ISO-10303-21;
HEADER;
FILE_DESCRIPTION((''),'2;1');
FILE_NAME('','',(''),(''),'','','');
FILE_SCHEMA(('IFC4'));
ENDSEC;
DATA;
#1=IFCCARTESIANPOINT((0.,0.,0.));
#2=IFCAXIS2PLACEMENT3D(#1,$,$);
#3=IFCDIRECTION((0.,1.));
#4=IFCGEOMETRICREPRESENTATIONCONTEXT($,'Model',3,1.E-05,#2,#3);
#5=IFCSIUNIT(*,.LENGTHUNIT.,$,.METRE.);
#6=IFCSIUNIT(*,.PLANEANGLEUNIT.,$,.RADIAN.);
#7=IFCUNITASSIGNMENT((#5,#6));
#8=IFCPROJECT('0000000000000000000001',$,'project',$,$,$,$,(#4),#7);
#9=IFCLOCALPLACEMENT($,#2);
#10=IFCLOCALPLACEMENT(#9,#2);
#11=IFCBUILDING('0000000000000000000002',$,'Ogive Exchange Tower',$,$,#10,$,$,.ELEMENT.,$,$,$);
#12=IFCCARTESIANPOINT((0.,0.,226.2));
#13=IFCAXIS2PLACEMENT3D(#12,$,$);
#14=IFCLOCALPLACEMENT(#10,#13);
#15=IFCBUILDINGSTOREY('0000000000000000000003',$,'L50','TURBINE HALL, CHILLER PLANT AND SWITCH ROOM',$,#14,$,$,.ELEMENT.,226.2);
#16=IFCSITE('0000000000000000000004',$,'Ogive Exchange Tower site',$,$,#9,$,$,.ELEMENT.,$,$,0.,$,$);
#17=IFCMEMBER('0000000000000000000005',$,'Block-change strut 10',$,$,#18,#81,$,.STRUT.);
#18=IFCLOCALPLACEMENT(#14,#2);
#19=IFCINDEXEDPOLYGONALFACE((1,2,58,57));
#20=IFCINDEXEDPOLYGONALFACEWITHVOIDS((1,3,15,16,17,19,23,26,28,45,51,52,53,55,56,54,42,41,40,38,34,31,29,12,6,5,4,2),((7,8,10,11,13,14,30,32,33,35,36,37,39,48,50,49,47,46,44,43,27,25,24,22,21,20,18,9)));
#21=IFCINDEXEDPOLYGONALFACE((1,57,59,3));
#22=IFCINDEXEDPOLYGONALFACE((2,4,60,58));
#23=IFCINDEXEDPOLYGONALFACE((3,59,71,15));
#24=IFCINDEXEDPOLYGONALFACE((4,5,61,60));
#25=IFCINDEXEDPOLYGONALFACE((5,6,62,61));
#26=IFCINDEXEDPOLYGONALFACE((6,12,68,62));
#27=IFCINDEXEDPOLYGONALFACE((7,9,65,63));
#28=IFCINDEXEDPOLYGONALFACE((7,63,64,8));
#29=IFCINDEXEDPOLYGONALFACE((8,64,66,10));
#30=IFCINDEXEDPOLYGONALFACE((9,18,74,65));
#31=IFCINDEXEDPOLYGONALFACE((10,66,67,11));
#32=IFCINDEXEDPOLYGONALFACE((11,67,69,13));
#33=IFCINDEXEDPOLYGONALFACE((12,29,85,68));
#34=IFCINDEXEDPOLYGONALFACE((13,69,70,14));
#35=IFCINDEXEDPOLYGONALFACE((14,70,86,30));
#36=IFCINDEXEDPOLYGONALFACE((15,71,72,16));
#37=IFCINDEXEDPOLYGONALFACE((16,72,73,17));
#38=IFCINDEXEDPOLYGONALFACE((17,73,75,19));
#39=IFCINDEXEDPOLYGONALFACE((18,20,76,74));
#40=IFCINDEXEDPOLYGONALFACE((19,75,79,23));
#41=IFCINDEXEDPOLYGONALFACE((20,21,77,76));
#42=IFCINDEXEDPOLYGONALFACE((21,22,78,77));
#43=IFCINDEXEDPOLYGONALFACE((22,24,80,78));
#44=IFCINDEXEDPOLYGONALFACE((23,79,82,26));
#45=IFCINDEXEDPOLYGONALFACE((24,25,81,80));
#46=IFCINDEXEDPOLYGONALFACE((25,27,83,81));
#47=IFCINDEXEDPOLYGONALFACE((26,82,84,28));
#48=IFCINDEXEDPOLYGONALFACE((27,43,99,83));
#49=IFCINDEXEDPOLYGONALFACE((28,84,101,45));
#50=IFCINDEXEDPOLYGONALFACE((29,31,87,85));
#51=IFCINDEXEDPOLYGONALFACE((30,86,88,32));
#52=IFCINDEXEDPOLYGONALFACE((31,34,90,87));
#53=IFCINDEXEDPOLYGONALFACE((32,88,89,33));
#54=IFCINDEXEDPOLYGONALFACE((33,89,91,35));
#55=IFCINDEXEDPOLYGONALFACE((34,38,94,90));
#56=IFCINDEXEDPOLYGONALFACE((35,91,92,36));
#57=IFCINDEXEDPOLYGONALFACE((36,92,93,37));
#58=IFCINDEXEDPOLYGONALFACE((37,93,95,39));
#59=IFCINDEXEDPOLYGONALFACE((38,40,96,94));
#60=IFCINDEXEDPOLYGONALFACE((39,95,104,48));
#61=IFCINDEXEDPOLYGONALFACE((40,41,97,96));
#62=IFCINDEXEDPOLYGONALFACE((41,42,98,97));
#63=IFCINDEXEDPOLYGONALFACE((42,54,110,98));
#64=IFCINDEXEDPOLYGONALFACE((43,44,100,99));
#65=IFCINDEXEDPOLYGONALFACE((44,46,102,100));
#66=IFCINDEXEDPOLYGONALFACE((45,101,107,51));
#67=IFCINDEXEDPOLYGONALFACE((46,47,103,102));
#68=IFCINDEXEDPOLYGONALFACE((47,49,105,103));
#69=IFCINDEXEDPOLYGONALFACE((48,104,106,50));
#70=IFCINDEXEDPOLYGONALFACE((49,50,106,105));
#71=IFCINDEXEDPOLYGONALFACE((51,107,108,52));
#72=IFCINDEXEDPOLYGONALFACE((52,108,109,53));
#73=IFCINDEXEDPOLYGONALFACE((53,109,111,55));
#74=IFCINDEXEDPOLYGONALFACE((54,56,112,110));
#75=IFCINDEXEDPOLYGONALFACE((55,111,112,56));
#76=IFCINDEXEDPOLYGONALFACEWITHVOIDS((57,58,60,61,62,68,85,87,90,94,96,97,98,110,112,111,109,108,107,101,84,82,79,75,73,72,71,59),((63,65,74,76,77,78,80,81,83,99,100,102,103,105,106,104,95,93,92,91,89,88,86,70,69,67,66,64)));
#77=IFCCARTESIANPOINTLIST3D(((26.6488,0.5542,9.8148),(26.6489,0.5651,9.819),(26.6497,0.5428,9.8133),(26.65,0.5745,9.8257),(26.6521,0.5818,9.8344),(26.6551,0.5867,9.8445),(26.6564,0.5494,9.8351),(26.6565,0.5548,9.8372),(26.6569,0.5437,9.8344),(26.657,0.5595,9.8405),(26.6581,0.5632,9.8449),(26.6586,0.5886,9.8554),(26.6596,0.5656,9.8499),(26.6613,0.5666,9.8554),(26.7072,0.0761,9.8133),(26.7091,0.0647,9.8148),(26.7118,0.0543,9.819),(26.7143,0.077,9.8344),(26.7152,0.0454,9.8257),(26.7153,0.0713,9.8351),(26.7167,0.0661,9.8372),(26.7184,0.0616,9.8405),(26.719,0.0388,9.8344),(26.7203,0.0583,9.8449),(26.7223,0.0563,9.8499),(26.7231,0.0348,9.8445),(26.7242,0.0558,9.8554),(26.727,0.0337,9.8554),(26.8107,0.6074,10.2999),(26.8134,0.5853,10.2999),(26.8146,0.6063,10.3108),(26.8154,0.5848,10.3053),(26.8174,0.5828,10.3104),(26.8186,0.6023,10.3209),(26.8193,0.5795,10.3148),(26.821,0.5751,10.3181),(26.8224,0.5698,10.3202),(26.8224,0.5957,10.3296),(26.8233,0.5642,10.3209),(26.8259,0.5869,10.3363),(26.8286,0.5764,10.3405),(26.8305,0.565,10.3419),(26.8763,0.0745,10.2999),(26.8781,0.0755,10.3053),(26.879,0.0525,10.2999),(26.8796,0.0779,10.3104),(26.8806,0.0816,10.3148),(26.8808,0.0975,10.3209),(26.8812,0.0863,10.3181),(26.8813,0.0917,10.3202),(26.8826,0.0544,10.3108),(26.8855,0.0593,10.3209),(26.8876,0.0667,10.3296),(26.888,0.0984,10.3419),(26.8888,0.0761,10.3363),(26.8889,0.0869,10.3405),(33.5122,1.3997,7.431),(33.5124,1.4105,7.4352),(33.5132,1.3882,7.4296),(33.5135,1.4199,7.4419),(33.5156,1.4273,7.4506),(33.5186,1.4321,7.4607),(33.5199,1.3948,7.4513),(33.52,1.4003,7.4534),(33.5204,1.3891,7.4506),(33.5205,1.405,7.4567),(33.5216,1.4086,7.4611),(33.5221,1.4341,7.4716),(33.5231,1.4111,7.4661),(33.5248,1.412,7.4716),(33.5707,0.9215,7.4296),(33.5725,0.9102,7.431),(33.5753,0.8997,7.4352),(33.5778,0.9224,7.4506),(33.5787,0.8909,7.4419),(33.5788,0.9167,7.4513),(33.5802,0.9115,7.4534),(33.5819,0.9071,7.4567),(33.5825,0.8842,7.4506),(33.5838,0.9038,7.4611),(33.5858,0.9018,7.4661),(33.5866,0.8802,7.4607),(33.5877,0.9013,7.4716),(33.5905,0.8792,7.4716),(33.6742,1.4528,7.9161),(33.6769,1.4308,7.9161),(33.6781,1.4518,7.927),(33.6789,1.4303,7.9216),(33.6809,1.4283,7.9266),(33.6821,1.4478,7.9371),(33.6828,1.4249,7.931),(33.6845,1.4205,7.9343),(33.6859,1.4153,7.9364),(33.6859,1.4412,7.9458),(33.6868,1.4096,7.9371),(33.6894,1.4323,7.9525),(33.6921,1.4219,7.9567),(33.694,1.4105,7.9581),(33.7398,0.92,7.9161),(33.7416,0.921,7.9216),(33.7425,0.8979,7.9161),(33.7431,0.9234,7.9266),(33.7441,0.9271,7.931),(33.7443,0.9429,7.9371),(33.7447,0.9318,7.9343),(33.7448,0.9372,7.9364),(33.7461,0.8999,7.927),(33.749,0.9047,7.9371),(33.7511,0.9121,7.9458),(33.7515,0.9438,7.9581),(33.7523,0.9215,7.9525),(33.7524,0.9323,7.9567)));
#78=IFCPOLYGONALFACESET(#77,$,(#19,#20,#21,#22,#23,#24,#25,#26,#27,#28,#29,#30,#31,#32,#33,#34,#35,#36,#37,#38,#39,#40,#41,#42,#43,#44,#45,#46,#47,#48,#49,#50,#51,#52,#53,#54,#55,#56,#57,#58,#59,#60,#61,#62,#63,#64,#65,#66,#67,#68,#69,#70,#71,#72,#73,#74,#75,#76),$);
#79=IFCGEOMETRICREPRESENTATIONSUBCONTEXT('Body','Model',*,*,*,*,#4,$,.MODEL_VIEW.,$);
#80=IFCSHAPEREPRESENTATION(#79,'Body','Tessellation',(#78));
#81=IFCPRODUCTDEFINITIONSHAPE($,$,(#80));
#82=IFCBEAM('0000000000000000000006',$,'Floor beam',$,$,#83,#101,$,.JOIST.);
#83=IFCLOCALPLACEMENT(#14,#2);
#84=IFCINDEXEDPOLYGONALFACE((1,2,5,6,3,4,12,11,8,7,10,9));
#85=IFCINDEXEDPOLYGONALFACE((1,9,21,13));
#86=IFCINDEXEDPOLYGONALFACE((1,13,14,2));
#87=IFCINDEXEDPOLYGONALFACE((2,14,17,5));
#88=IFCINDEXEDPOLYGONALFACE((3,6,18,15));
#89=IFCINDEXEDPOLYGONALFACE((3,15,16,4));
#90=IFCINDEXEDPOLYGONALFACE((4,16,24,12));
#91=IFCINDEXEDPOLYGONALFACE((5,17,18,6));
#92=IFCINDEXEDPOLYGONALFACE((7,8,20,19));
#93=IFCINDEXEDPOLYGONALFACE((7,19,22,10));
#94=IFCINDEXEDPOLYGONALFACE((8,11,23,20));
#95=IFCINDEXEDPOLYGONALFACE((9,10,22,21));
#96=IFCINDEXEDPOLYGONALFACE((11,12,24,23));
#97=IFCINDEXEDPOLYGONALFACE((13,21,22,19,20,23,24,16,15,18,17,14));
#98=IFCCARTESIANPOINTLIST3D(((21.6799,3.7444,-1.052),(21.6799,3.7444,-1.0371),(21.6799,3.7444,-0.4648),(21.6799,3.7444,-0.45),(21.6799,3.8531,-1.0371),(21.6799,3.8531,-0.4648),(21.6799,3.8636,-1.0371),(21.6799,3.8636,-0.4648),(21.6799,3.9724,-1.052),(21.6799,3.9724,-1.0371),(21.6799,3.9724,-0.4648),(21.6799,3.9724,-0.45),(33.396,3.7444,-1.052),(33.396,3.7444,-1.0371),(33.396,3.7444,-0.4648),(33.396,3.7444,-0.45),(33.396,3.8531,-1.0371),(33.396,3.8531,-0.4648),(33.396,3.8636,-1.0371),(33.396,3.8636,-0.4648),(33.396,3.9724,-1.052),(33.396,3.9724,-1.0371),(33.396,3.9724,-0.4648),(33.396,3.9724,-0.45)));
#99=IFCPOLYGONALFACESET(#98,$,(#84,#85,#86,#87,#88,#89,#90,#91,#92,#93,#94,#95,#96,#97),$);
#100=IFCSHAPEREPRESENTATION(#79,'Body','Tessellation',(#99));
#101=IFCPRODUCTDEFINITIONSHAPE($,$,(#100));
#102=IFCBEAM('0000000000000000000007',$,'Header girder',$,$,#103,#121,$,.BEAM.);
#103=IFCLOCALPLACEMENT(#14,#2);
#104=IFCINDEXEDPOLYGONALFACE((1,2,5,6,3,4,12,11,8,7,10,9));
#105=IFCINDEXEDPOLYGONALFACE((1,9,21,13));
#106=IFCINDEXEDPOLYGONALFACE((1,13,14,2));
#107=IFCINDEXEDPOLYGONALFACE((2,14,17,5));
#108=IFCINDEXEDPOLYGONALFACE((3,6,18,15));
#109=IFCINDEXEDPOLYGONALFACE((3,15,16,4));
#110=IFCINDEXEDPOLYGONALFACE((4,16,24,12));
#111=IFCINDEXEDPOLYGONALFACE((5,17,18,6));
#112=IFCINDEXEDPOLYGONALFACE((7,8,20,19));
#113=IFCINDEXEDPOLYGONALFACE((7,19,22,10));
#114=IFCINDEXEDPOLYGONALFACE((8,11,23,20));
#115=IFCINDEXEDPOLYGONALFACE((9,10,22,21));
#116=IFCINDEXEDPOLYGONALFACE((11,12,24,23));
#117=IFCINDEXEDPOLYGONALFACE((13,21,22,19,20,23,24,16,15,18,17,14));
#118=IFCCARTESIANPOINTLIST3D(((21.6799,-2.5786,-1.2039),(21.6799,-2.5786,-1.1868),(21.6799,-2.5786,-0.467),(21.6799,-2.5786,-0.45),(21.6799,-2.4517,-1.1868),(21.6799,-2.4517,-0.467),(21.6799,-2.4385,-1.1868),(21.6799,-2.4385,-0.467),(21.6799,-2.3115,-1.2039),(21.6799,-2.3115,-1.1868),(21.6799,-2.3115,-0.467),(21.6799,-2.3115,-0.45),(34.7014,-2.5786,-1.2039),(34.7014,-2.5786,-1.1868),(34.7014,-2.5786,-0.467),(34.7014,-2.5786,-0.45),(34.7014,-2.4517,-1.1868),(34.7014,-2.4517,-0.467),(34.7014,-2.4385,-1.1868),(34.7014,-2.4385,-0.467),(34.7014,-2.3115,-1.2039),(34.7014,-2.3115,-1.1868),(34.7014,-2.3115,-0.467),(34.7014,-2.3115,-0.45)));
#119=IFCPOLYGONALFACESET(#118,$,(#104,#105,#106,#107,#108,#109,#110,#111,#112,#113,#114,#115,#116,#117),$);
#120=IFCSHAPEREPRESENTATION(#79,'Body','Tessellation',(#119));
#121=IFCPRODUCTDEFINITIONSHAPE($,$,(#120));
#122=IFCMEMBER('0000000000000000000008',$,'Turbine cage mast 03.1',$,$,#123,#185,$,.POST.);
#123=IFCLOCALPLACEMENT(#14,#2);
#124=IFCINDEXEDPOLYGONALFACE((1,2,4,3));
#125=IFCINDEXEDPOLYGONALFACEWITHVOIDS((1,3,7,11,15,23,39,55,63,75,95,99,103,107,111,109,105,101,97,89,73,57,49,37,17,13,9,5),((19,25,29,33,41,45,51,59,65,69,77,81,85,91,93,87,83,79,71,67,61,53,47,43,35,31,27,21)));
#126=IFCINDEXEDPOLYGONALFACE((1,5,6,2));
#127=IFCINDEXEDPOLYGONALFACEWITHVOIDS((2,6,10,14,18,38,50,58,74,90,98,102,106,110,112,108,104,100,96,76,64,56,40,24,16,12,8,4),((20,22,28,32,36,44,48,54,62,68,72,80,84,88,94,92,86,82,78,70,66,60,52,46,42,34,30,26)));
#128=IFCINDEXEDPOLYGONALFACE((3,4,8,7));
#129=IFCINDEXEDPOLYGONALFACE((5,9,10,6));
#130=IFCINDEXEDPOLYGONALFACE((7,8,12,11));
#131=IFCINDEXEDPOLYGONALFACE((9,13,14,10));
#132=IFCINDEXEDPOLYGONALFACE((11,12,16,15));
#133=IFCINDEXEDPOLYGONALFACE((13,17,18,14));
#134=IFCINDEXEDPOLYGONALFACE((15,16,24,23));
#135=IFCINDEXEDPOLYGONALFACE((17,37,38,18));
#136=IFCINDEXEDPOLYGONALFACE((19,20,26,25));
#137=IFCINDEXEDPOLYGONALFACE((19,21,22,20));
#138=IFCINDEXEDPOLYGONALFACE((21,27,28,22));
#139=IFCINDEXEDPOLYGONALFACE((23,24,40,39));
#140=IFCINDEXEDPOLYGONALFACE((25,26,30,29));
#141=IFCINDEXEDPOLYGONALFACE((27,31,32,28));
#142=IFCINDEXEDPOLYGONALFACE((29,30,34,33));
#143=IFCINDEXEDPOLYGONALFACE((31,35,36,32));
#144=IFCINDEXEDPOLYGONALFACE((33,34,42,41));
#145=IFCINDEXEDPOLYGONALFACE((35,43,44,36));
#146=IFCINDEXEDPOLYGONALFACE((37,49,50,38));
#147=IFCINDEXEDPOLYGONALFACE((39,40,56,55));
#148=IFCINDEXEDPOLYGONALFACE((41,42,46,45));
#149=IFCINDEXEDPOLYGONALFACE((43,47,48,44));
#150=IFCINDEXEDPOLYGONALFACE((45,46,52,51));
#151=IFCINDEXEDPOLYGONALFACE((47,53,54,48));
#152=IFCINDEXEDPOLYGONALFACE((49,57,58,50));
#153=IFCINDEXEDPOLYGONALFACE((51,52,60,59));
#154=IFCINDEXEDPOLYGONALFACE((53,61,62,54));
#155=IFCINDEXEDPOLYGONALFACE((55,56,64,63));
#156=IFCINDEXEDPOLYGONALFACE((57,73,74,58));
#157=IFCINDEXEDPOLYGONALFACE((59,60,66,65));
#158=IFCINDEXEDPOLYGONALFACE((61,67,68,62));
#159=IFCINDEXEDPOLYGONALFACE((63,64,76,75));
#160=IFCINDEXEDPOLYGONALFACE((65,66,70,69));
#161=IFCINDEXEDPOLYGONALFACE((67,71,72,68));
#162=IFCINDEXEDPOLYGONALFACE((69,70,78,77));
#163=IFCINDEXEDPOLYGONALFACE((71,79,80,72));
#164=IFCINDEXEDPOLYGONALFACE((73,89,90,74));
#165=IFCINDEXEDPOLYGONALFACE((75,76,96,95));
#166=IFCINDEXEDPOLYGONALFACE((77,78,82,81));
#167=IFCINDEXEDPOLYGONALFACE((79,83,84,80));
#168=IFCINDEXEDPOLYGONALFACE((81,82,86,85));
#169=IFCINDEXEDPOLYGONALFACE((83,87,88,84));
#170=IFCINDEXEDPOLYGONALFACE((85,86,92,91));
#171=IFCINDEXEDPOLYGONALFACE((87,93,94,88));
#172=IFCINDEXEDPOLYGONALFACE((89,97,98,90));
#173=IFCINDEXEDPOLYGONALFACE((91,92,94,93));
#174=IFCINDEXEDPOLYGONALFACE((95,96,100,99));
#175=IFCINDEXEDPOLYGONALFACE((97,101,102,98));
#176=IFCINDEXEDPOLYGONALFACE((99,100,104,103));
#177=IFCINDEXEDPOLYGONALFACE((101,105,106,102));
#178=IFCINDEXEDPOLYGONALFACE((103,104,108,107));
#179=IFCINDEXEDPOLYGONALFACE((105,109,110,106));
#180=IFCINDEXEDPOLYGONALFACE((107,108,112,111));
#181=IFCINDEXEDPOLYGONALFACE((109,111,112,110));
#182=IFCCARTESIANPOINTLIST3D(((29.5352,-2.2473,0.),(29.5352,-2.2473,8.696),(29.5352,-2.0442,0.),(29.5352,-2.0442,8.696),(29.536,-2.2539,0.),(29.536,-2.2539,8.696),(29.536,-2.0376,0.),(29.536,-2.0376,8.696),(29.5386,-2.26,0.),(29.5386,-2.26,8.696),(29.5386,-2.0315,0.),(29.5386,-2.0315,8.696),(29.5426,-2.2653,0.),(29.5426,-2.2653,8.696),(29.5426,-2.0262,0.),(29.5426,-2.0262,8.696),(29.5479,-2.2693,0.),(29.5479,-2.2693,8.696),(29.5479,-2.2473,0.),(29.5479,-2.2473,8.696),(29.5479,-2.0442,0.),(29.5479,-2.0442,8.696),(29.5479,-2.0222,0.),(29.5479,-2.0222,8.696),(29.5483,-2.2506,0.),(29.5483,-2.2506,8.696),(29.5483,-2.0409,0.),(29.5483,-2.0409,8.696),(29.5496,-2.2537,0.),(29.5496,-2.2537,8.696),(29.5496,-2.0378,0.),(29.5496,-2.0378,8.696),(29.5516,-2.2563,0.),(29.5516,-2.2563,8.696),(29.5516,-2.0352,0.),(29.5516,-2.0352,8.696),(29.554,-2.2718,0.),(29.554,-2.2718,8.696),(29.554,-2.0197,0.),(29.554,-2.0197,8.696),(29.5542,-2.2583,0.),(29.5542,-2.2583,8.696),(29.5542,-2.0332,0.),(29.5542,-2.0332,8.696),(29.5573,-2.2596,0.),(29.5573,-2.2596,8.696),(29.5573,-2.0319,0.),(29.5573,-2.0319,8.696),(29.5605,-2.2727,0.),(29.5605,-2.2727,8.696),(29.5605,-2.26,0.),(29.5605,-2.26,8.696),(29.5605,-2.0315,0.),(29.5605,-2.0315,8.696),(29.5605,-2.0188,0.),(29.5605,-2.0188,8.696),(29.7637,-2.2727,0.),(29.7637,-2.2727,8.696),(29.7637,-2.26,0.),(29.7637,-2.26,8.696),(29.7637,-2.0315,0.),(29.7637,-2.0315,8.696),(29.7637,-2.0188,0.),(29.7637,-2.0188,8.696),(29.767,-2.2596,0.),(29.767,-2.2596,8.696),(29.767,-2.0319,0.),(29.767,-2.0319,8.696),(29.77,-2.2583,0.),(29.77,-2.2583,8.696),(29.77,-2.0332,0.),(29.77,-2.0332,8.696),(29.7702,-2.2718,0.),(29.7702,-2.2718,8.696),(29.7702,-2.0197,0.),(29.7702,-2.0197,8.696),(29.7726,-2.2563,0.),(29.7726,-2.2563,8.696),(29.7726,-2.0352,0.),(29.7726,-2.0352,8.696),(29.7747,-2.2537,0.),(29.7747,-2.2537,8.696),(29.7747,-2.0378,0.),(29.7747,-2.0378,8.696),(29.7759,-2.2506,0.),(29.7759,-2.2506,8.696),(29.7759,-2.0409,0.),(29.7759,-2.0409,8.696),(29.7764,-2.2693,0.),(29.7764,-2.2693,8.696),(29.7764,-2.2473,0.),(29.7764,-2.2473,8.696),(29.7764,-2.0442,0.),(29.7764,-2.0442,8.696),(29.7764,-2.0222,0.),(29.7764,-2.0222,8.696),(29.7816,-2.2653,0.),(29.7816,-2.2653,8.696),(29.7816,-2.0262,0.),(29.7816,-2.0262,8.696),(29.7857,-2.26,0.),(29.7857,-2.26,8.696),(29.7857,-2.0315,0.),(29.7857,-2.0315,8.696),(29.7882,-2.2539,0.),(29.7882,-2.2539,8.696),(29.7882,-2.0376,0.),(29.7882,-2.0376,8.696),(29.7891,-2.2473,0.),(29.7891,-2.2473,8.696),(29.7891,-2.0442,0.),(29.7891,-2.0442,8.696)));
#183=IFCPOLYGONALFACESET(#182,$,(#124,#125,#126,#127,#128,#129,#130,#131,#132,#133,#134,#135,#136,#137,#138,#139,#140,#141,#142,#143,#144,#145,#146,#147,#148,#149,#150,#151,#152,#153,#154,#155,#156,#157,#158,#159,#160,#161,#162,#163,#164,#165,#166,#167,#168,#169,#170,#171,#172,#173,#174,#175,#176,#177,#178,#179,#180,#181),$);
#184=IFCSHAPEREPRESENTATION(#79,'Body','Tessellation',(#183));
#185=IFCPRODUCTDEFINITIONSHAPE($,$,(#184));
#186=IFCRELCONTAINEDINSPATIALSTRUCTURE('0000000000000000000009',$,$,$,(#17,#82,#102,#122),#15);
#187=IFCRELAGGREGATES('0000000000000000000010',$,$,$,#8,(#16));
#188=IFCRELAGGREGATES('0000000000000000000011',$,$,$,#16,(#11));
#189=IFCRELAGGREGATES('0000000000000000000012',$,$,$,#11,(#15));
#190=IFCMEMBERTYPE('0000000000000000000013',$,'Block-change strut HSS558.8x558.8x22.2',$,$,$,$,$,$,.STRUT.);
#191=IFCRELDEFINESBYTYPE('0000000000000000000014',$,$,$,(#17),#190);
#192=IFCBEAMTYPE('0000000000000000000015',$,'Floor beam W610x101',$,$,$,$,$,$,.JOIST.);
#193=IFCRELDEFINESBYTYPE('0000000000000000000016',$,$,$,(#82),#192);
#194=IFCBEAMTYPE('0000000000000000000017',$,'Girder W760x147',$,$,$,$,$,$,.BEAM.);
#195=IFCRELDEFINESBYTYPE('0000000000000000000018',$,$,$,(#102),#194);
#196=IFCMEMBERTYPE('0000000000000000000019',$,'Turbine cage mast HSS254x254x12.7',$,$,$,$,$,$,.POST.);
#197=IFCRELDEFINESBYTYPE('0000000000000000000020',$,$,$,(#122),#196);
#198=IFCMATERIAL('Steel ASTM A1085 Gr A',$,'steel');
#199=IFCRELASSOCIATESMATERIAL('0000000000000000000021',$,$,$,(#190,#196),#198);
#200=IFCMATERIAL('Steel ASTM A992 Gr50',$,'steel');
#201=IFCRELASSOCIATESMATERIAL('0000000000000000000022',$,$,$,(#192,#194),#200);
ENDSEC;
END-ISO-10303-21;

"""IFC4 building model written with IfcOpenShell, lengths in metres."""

from ifc_helpers import new_model, si_unit, direction, frame, origin, origin_2d, place, context, subcontext, project, spatial, hollow_rectangle, i_section, extrude, material, material_profile, profile_set, type_object, element, save


model = new_model("IFC4")

# Units and contexts
model_context = context("Model", 3, precision=1e-05, world=origin(), true_north=direction((0.0, 1.0)))
body_context = subcontext(model_context, "Body", "Model", "MODEL_VIEW")
ifc_project = project(units=[si_unit("LENGTHUNIT", "METRE"), si_unit("PLANEANGLEUNIT", "RADIAN")], contexts=[model_context])

# Site, building, storey
site_placement = place(None, origin())
site = spatial("IfcSite", under=ifc_project, at=site_placement, Name="Ogive Exchange Tower site", CompositionType="ELEMENT", RefElevation=0.0)
building_placement = place(site_placement, origin())
building = spatial("IfcBuilding", under=site, at=building_placement, Name="Ogive Exchange Tower", CompositionType="ELEMENT")
storey_placement = place(building_placement, frame((0.0, 0.0, 226.2)))
storey = spatial("IfcBuildingStorey", under=building, at=storey_placement, Name="L50", Description="TURBINE HALL, CHILLER PLANT AND SWITCH ROOM", CompositionType="ELEMENT", Elevation=226.2)

# Shared definitions
ifc_material_1 = material(Name="Steel ASTM A992 Gr50", Category="steel")

# Shared definitions
ifc_material_2 = material(Name="Steel ASTM A1085 Gr A", Category="steel")

# Member
ifc_material_profile_1 = material_profile(ifc_material_2, hollow_rectangle(XDim=0.5591, YDim=0.5591, WallThickness=0.0222, InnerFilletRadius=0.0222, OuterFilletRadius=0.0444, at=origin_2d()), Name="HSS558.8x558.8x22.2")
ifc_profile_set_1 = profile_set([ifc_material_profile_1], Name="Steel ASTM A1085 Gr A")
member_type_1 = type_object("IfcMemberType", Name="Block-change strut HSS558.8x558.8x22.2", PredefinedType="STRUT", material=ifc_profile_set_1)
member_1_placement = place(storey_placement, frame((33.6323, 1.166, 7.6938), z_axis=(-0.938316, -0.115583, 0.325889), x_axis=(0.122257, -0.992498, 0.0)))
element("IfcMember", 1, at=member_1_placement, inside=storey, type_object=member_type_1, Name="Block-change strut 10", PredefinedType="STRUT", context=body_context, shape_type="SweptSolid", body=[
    extrude(hollow_rectangle(XDim=0.5591, YDim=0.5591, WallThickness=0.0222, InnerFilletRadius=0.0222, OuterFilletRadius=0.0444, at=origin_2d()), origin(), (0.0, 0.0, 1.0), 7.3147),
])

# Beams
ifc_material_profile_2 = material_profile(ifc_material_1, i_section(OverallWidth=0.228, OverallDepth=0.6021, WebThickness=0.0105, FlangeThickness=0.0149, at=origin_2d()), Name="W610x101")
ifc_profile_set_2 = profile_set([ifc_material_profile_2], Name="Steel ASTM A992 Gr50")
beam_type_1 = type_object("IfcBeamType", Name="Floor beam W610x101", PredefinedType="JOIST", material=ifc_profile_set_2)
beam_1_placement = place(storey_placement, frame((21.6799, 3.8584, -0.751), z_axis=(1.0, 0.0, 0.0), x_axis=(0.0, 1.0, 0.0)))
element("IfcBeam", 2, at=beam_1_placement, inside=storey, type_object=beam_type_1, Name="Floor beam", PredefinedType="JOIST", context=body_context, shape_type="SweptSolid", body=[
    extrude(i_section(OverallWidth=0.228, OverallDepth=0.6021, WebThickness=0.0105, FlangeThickness=0.0149, at=origin_2d()), origin(), (0.0, 0.0, 1.0), 11.7161),
])
ifc_material_profile_3 = material_profile(ifc_material_1, i_section(OverallWidth=0.2671, OverallDepth=0.7539, WebThickness=0.0132, FlangeThickness=0.0171, at=origin_2d()), Name="W760x147")
ifc_profile_set_3 = profile_set([ifc_material_profile_3], Name="Steel ASTM A992 Gr50")
beam_type_2 = type_object("IfcBeamType", Name="Girder W760x147", PredefinedType="BEAM", material=ifc_profile_set_3)
beam_2_placement = place(storey_placement, frame((21.6799, -2.4451, -0.8269), z_axis=(1.0, 0.0, 0.0), x_axis=(0.0, 1.0, 0.0)))
element("IfcBeam", 3, at=beam_2_placement, inside=storey, type_object=beam_type_2, Name="Header girder", PredefinedType="BEAM", context=body_context, shape_type="SweptSolid", body=[
    extrude(i_section(OverallWidth=0.2671, OverallDepth=0.7539, WebThickness=0.0132, FlangeThickness=0.0171, at=origin_2d()), origin(), (0.0, 0.0, 1.0), 13.0215),
])

# Member
ifc_material_profile_4 = material_profile(ifc_material_2, hollow_rectangle(XDim=0.2539, YDim=0.2539, WallThickness=0.0127, InnerFilletRadius=0.0127, OuterFilletRadius=0.0254, at=origin_2d()), Name="HSS254x254x12.7")
ifc_profile_set_4 = profile_set([ifc_material_profile_4], Name="Steel ASTM A1085 Gr A")
member_type_2 = type_object("IfcMemberType", Name="Turbine cage mast HSS254x254x12.7", PredefinedType="POST", material=ifc_profile_set_4)
for number, where, z_axis, x_axis, name in (
    (4, (29.6621, -2.1458, 0.0), (0.0, 0.0, 1.0), (1.0, 0.0, 0.0), "Turbine cage mast 03.1"),
):
    element("IfcMember", number, at=place(storey_placement, frame(where, z_axis=z_axis, x_axis=x_axis)), inside=storey, type_object=member_type_2, Name=name, PredefinedType="POST", context=body_context, shape_type="SweptSolid", body=[
        extrude(hollow_rectangle(XDim=0.2539, YDim=0.2539, WallThickness=0.0127, InnerFilletRadius=0.0127, OuterFilletRadius=0.0254, at=origin_2d()), origin(), (0.0, 0.0, 1.0), 8.696),
    ])

save(model, "model.ifc")
